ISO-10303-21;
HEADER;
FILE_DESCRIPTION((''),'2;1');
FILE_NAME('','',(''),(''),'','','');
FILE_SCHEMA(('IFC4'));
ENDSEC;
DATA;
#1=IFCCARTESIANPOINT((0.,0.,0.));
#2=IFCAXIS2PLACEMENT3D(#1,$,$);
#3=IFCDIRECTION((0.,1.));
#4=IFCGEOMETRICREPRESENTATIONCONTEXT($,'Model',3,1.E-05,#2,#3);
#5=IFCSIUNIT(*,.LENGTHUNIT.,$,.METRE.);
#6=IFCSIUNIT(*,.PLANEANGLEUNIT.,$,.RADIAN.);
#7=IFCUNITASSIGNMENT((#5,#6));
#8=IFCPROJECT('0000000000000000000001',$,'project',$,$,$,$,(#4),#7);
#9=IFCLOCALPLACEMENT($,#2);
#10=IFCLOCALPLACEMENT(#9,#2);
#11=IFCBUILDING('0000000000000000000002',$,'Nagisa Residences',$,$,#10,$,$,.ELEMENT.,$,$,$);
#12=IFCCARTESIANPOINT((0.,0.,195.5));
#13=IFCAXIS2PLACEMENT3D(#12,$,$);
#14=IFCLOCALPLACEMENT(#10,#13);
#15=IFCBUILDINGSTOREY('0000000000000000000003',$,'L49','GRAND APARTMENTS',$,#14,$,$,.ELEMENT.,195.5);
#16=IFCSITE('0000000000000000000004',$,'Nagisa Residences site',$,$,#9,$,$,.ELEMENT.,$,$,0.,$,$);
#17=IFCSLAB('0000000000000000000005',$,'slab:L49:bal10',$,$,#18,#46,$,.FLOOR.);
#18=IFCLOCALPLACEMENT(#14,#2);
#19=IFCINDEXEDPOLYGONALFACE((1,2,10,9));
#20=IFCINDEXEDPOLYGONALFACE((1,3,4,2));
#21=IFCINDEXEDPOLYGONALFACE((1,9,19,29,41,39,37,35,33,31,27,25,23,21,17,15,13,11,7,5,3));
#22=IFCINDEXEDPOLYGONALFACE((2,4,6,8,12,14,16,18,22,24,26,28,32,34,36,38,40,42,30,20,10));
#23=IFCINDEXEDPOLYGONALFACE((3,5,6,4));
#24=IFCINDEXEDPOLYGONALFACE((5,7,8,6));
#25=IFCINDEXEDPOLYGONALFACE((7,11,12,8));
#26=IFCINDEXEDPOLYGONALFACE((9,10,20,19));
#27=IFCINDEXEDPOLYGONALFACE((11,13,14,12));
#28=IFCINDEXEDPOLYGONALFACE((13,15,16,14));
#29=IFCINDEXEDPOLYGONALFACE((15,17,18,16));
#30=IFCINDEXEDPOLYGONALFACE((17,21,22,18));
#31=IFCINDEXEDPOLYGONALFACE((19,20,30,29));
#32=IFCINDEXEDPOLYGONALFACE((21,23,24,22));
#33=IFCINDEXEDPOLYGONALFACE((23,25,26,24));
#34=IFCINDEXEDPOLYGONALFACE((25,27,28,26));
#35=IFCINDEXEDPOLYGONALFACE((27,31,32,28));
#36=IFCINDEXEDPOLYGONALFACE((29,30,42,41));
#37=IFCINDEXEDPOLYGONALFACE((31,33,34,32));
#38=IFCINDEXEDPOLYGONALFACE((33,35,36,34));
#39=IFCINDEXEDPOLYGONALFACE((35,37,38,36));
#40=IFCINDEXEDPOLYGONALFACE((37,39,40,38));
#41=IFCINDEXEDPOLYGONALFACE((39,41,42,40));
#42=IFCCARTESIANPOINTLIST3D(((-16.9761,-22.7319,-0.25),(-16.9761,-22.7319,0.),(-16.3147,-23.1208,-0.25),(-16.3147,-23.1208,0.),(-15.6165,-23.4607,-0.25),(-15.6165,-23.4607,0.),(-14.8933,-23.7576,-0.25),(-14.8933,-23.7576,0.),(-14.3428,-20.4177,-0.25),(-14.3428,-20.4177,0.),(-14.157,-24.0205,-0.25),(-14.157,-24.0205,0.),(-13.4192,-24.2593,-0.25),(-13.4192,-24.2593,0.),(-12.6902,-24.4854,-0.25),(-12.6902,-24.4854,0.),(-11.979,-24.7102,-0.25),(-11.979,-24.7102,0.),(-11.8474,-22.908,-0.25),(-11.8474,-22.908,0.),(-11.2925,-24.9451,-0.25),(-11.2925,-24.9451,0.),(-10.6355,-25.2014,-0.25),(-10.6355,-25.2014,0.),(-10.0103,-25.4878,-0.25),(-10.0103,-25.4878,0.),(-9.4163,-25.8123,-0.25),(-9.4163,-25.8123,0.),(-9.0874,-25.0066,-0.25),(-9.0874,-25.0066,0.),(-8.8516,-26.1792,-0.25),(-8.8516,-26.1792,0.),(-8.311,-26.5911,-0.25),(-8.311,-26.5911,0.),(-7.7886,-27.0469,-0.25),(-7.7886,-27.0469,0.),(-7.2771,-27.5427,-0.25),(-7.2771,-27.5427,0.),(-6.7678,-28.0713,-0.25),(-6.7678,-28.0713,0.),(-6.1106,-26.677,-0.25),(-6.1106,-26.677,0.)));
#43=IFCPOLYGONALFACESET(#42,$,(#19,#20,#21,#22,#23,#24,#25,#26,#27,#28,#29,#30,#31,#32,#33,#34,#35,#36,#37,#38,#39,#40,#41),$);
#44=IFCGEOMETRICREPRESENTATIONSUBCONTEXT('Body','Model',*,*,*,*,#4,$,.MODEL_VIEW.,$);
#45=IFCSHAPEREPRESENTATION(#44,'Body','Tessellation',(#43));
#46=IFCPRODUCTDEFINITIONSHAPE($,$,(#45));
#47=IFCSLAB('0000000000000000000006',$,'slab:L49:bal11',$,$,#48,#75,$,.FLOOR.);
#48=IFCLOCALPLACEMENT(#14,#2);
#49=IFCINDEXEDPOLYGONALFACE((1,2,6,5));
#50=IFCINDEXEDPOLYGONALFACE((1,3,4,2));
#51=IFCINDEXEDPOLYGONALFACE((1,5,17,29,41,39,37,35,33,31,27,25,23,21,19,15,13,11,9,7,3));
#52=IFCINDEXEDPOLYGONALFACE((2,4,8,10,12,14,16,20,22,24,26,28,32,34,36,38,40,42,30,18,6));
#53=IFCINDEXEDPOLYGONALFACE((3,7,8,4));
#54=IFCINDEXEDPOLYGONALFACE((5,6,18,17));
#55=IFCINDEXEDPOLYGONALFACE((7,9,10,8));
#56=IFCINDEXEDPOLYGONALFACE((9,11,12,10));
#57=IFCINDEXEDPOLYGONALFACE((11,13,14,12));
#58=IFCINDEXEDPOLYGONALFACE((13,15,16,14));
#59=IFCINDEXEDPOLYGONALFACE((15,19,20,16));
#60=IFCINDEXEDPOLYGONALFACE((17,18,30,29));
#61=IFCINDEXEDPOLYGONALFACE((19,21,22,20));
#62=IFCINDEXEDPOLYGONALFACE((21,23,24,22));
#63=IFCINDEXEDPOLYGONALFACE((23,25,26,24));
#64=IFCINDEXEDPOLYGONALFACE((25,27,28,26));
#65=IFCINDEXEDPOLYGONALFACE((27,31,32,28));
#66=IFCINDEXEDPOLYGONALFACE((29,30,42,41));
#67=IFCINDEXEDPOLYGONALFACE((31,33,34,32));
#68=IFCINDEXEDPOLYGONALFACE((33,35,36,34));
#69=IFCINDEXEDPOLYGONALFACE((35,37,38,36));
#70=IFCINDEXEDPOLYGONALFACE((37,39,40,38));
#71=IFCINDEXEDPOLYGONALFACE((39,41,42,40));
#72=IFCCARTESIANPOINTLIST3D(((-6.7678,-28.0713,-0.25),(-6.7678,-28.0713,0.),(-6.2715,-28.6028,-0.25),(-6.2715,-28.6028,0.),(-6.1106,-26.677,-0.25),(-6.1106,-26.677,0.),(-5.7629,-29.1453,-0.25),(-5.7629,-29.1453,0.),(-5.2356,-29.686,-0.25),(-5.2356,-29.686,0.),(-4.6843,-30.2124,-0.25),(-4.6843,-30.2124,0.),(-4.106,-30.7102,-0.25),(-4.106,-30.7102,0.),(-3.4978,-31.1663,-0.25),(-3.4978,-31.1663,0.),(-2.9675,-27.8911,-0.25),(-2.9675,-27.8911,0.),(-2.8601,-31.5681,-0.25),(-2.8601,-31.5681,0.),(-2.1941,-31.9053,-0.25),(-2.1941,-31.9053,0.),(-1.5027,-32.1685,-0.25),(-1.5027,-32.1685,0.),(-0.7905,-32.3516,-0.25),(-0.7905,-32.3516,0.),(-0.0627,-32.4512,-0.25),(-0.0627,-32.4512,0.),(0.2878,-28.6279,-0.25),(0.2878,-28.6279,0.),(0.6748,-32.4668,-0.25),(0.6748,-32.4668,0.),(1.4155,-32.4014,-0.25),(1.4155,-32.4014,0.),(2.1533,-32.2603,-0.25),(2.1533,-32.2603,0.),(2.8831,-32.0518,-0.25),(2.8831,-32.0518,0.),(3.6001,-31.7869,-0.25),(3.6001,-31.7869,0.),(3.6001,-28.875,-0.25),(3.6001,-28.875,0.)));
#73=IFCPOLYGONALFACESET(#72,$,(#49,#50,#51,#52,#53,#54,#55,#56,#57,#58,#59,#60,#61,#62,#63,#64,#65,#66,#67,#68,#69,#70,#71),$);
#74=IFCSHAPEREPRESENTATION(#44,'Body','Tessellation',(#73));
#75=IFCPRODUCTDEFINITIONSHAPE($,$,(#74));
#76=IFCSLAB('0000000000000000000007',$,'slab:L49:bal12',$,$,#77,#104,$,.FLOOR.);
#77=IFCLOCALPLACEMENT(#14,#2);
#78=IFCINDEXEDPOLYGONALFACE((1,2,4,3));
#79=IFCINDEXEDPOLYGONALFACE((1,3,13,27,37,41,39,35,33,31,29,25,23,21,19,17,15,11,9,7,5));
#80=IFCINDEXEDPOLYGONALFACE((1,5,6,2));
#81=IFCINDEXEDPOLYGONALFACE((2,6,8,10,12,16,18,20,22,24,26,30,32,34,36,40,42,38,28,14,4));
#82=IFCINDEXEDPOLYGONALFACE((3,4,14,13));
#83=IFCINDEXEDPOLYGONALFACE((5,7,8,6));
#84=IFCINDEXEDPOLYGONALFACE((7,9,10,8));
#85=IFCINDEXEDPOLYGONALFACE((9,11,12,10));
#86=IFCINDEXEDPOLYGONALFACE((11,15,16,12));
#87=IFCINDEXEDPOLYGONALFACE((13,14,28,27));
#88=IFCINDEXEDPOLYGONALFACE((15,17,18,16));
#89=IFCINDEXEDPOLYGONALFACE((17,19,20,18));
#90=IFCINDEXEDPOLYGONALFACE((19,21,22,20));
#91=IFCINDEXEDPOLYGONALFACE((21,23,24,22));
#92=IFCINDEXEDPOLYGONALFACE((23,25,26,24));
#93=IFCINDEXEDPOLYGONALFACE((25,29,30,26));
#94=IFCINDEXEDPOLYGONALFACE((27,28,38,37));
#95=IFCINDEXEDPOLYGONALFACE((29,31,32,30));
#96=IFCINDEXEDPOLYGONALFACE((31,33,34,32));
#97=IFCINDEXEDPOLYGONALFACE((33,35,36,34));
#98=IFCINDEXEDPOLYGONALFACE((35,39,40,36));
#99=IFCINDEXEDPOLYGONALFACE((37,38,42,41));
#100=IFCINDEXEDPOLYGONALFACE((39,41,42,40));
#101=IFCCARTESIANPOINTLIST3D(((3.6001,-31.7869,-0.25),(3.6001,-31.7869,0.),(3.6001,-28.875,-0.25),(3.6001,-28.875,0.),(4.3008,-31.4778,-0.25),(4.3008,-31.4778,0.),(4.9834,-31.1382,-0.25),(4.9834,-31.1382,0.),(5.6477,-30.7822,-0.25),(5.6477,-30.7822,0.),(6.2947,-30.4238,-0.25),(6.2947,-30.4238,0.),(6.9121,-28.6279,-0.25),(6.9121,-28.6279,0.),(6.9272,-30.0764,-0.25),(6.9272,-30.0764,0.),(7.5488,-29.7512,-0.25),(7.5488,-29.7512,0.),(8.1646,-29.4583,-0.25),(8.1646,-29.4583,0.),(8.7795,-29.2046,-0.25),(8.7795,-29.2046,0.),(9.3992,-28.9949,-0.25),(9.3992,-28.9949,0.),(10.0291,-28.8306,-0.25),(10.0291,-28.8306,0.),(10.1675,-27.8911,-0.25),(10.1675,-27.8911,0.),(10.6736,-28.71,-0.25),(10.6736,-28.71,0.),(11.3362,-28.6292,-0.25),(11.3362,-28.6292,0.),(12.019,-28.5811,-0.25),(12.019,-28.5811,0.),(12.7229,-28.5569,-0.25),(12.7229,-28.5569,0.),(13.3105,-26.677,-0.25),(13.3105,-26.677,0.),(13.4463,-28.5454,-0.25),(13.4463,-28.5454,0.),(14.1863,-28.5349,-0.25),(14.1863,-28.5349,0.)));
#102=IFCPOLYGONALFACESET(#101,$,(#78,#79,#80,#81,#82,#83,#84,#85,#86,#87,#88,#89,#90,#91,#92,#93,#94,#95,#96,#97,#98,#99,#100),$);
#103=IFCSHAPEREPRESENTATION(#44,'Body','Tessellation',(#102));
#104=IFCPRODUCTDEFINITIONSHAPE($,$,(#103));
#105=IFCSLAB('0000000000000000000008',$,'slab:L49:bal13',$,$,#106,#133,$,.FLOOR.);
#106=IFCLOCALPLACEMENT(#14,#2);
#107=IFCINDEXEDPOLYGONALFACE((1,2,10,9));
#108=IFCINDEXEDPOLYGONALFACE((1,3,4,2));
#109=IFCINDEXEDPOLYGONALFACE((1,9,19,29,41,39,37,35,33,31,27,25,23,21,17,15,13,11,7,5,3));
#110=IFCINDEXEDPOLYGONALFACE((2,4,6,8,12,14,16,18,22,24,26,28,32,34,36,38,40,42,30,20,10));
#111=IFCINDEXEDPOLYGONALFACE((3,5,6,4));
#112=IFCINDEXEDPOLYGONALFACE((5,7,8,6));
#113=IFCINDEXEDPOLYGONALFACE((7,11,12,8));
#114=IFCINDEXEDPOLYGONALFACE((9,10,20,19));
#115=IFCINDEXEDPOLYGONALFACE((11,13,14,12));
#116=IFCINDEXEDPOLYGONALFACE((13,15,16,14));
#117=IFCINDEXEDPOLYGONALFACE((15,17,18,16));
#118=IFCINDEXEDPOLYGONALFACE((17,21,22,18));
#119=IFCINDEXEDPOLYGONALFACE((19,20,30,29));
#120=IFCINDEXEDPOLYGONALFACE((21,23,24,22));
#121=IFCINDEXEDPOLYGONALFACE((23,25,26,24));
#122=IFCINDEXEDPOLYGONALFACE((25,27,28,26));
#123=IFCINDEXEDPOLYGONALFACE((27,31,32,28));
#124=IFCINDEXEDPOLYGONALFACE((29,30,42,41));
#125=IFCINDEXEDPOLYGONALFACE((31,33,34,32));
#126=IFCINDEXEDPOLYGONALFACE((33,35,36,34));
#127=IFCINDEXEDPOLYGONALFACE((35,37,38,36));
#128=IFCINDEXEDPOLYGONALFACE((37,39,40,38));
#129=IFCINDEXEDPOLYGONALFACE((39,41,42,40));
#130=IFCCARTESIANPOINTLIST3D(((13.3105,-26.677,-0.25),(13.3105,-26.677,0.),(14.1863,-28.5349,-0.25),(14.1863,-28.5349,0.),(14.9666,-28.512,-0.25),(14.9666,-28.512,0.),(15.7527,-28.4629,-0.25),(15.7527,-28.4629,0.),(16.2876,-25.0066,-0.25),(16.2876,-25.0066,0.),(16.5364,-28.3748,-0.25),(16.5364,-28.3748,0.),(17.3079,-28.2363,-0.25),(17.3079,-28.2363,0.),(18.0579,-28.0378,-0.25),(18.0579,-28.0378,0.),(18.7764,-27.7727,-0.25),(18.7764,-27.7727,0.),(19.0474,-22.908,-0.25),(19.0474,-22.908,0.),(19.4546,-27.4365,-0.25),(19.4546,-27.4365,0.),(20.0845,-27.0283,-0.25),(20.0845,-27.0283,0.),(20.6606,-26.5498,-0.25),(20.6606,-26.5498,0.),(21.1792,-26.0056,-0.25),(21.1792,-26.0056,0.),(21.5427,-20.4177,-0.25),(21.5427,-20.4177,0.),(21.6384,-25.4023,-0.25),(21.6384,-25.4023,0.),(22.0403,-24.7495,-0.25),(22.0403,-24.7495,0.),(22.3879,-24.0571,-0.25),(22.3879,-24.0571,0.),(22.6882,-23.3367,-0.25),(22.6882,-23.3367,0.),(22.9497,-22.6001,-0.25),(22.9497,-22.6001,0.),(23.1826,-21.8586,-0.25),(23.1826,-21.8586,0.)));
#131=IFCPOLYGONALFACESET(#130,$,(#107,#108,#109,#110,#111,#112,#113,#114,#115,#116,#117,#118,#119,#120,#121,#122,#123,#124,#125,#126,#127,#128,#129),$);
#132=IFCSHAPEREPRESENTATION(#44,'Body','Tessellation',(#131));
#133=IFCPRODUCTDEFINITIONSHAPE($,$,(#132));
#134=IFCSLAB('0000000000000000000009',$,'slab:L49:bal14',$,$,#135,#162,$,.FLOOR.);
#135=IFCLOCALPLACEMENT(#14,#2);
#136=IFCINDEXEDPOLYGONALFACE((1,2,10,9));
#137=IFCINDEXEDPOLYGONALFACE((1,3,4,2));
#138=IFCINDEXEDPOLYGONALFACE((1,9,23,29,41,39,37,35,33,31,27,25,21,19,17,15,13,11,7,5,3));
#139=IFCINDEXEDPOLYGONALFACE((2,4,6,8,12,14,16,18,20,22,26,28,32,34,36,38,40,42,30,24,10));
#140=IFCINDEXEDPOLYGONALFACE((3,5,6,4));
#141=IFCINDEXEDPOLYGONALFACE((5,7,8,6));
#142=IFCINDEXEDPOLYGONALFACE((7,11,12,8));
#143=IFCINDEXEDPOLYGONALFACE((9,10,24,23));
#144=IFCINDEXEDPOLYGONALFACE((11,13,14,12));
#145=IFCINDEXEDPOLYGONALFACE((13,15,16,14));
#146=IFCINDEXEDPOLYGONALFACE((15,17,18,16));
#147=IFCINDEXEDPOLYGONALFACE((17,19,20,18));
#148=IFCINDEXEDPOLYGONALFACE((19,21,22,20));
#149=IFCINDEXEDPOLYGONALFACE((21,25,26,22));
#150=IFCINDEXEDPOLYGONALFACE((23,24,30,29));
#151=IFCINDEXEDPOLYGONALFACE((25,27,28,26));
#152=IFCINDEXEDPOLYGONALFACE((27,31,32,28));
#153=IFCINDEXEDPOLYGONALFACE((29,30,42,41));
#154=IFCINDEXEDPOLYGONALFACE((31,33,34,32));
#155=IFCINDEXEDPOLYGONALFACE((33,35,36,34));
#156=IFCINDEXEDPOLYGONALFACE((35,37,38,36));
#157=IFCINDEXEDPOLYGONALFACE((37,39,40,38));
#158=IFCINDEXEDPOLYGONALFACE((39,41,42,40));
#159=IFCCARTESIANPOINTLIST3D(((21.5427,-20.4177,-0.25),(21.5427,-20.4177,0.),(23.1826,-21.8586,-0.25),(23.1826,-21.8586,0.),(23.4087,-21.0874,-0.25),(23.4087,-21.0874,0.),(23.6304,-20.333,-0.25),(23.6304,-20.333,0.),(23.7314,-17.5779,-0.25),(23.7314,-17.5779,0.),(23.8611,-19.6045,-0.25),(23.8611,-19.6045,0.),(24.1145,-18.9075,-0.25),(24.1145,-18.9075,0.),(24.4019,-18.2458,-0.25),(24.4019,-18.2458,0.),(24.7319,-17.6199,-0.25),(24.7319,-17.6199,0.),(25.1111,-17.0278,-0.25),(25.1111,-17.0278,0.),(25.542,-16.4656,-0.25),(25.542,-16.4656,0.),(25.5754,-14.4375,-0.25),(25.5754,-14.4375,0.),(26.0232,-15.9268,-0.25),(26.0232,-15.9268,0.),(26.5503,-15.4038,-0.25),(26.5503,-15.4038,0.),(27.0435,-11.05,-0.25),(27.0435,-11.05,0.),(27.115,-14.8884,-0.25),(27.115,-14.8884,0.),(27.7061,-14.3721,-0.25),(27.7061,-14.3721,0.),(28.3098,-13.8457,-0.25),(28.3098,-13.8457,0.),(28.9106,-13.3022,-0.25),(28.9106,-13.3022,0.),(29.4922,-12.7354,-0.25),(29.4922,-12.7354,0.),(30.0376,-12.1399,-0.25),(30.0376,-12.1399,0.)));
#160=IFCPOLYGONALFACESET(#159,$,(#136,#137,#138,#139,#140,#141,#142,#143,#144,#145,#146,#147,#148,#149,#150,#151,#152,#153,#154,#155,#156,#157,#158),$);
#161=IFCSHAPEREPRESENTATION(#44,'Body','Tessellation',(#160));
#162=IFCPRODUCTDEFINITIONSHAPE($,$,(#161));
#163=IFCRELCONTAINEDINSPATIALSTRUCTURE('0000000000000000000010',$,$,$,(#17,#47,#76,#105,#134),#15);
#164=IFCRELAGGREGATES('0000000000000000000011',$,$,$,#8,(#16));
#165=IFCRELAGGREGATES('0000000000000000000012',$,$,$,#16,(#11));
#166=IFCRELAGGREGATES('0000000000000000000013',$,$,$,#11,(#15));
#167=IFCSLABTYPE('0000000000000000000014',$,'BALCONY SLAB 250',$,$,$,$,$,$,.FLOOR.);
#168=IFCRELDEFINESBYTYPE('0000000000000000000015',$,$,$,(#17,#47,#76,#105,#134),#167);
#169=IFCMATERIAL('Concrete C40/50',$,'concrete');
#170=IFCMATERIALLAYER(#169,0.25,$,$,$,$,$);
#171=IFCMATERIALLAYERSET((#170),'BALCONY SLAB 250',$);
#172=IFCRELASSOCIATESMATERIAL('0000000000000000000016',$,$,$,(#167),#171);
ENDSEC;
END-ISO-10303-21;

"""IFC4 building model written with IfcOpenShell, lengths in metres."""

from ifc_helpers import new_model, si_unit, direction, frame, origin, place, context, subcontext, project, spatial, polyline, outline, extrude, material, layer, layer_set, type_object, element, save


model = new_model("IFC4")

# Units and contexts
model_context = context("Model", 3, precision=1e-05, world=origin(), true_north=direction((0.0, 1.0)))
body_context = subcontext(model_context, "Body", "Model", "MODEL_VIEW")
ifc_project = project(units=[si_unit("LENGTHUNIT", "METRE"), si_unit("PLANEANGLEUNIT", "RADIAN")], contexts=[model_context])

# Site, building, storey
site_placement = place(None, origin())
site = spatial("IfcSite", under=ifc_project, at=site_placement, Name="Nagisa Residences site", CompositionType="ELEMENT", RefElevation=0.0)
building_placement = place(site_placement, origin())
building = spatial("IfcBuilding", under=site, at=building_placement, Name="Nagisa Residences", CompositionType="ELEMENT")
storey_placement = place(building_placement, frame((0.0, 0.0, 195.5)))
storey = spatial("IfcBuildingStorey", under=building, at=storey_placement, Name="L49", Description="GRAND APARTMENTS", CompositionType="ELEMENT", Elevation=195.5)

# Slabs
ifc_material_1 = material(Name="Concrete C40/50", Category="concrete")
ifc_layer_1 = layer(ifc_material_1, 0.25)
ifc_layer_set_1 = layer_set([ifc_layer_1], Name="BALCONY SLAB 250")
slab_type_1 = type_object("IfcSlabType", Name="BALCONY SLAB 250", PredefinedType="FLOOR", material=ifc_layer_set_1)
slab_1_placement = place(storey_placement, frame((0.0, 0.0, -0.25)))
element("IfcSlab", 1, at=slab_1_placement, inside=storey, type_object=slab_type_1, Name="slab:L49:bal10", PredefinedType="FLOOR", context=body_context, shape_type="SweptSolid", body=[
    extrude(outline(polyline([(-16.9761, -22.7319), (-16.3147, -23.1208), (-15.6165, -23.4607), (-14.8933, -23.7576), (-14.157, -24.0205), (-13.4192, -24.2593), (-12.6902, -24.4854), (-11.979, -24.7102), (-11.2925, -24.9451), (-10.6355, -25.2014), (-10.0103, -25.4878), (-9.4163, -25.8123), (-8.8516, -26.1792), (-8.311, -26.5911), (-7.7886, -27.0469), (-7.2771, -27.5427), (-6.7678, -28.0713), (-6.1106, -26.677), (-9.0874, -25.0066), (-11.8474, -22.908), (-14.3428, -20.4177), (-16.9761, -22.7319)])), origin(), (0.0, 0.0, 1.0), 0.25),
])
slab_2_placement = place(storey_placement, frame((0.0, 0.0, -0.25)))
element("IfcSlab", 2, at=slab_2_placement, inside=storey, type_object=slab_type_1, Name="slab:L49:bal11", PredefinedType="FLOOR", context=body_context, shape_type="SweptSolid", body=[
    extrude(outline(polyline([(-6.7678, -28.0713), (-6.2715, -28.6028), (-5.7629, -29.1453), (-5.2356, -29.686), (-4.6843, -30.2124), (-4.106, -30.7102), (-3.4978, -31.1663), (-2.8601, -31.5681), (-2.1941, -31.9053), (-1.5027, -32.1685), (-0.7905, -32.3516), (-0.0627, -32.4512), (0.6748, -32.4668), (1.4155, -32.4014), (2.1533, -32.2603), (2.8831, -32.0518), (3.6001, -31.7869), (3.6001, -28.875), (0.2878, -28.6279), (-2.9675, -27.8911), (-6.1106, -26.677), (-6.7678, -28.0713)])), origin(), (0.0, 0.0, 1.0), 0.25),
])
slab_3_placement = place(storey_placement, frame((0.0, 0.0, -0.25)))
element("IfcSlab", 3, at=slab_3_placement, inside=storey, type_object=slab_type_1, Name="slab:L49:bal12", PredefinedType="FLOOR", context=body_context, shape_type="SweptSolid", body=[
    extrude(outline(polyline([(3.6001, -31.7869), (4.3008, -31.4778), (4.9834, -31.1382), (5.6477, -30.7822), (6.2947, -30.4238), (6.9272, -30.0764), (7.5488, -29.7512), (8.1646, -29.4583), (8.7795, -29.2046), (9.3992, -28.9949), (10.0291, -28.8306), (10.6736, -28.71), (11.3362, -28.6292), (12.019, -28.5811), (12.7229, -28.5569), (13.4463, -28.5454), (14.1863, -28.5349), (13.3105, -26.677), (10.1675, -27.8911), (6.9121, -28.6279), (3.6001, -28.875), (3.6001, -31.7869)])), origin(), (0.0, 0.0, 1.0), 0.25),
])
slab_4_placement = place(storey_placement, frame((0.0, 0.0, -0.25)))
element("IfcSlab", 4, at=slab_4_placement, inside=storey, type_object=slab_type_1, Name="slab:L49:bal13", PredefinedType="FLOOR", context=body_context, shape_type="SweptSolid", body=[
    extrude(outline(polyline([(14.1863, -28.5349), (14.9666, -28.512), (15.7527, -28.4629), (16.5364, -28.3748), (17.3079, -28.2363), (18.0579, -28.0378), (18.7764, -27.7727), (19.4546, -27.4365), (20.0845, -27.0283), (20.6606, -26.5498), (21.1792, -26.0056), (21.6384, -25.4023), (22.0403, -24.7495), (22.3879, -24.0571), (22.6882, -23.3367), (22.9497, -22.6001), (23.1826, -21.8586), (21.5427, -20.4177), (19.0474, -22.908), (16.2876, -25.0066), (13.3105, -26.677), (14.1863, -28.5349)])), origin(), (0.0, 0.0, 1.0), 0.25),
])
slab_5_placement = place(storey_placement, frame((0.0, 0.0, -0.25)))
element("IfcSlab", 5, at=slab_5_placement, inside=storey, type_object=slab_type_1, Name="slab:L49:bal14", PredefinedType="FLOOR", context=body_context, shape_type="SweptSolid", body=[
    extrude(outline(polyline([(23.1826, -21.8586), (23.4087, -21.0874), (23.6304, -20.333), (23.8611, -19.6045), (24.1145, -18.9075), (24.4019, -18.2458), (24.7319, -17.6199), (25.1111, -17.0278), (25.542, -16.4656), (26.0232, -15.9268), (26.5503, -15.4038), (27.115, -14.8884), (27.7061, -14.3721), (28.3098, -13.8457), (28.9106, -13.3022), (29.4922, -12.7354), (30.0376, -12.1399), (27.0435, -11.05), (25.5754, -14.4375), (23.7314, -17.5779), (21.5427, -20.4177), (23.1826, -21.8586)])), origin(), (0.0, 0.0, 1.0), 0.25),
])

save(model, "model.ifc")
